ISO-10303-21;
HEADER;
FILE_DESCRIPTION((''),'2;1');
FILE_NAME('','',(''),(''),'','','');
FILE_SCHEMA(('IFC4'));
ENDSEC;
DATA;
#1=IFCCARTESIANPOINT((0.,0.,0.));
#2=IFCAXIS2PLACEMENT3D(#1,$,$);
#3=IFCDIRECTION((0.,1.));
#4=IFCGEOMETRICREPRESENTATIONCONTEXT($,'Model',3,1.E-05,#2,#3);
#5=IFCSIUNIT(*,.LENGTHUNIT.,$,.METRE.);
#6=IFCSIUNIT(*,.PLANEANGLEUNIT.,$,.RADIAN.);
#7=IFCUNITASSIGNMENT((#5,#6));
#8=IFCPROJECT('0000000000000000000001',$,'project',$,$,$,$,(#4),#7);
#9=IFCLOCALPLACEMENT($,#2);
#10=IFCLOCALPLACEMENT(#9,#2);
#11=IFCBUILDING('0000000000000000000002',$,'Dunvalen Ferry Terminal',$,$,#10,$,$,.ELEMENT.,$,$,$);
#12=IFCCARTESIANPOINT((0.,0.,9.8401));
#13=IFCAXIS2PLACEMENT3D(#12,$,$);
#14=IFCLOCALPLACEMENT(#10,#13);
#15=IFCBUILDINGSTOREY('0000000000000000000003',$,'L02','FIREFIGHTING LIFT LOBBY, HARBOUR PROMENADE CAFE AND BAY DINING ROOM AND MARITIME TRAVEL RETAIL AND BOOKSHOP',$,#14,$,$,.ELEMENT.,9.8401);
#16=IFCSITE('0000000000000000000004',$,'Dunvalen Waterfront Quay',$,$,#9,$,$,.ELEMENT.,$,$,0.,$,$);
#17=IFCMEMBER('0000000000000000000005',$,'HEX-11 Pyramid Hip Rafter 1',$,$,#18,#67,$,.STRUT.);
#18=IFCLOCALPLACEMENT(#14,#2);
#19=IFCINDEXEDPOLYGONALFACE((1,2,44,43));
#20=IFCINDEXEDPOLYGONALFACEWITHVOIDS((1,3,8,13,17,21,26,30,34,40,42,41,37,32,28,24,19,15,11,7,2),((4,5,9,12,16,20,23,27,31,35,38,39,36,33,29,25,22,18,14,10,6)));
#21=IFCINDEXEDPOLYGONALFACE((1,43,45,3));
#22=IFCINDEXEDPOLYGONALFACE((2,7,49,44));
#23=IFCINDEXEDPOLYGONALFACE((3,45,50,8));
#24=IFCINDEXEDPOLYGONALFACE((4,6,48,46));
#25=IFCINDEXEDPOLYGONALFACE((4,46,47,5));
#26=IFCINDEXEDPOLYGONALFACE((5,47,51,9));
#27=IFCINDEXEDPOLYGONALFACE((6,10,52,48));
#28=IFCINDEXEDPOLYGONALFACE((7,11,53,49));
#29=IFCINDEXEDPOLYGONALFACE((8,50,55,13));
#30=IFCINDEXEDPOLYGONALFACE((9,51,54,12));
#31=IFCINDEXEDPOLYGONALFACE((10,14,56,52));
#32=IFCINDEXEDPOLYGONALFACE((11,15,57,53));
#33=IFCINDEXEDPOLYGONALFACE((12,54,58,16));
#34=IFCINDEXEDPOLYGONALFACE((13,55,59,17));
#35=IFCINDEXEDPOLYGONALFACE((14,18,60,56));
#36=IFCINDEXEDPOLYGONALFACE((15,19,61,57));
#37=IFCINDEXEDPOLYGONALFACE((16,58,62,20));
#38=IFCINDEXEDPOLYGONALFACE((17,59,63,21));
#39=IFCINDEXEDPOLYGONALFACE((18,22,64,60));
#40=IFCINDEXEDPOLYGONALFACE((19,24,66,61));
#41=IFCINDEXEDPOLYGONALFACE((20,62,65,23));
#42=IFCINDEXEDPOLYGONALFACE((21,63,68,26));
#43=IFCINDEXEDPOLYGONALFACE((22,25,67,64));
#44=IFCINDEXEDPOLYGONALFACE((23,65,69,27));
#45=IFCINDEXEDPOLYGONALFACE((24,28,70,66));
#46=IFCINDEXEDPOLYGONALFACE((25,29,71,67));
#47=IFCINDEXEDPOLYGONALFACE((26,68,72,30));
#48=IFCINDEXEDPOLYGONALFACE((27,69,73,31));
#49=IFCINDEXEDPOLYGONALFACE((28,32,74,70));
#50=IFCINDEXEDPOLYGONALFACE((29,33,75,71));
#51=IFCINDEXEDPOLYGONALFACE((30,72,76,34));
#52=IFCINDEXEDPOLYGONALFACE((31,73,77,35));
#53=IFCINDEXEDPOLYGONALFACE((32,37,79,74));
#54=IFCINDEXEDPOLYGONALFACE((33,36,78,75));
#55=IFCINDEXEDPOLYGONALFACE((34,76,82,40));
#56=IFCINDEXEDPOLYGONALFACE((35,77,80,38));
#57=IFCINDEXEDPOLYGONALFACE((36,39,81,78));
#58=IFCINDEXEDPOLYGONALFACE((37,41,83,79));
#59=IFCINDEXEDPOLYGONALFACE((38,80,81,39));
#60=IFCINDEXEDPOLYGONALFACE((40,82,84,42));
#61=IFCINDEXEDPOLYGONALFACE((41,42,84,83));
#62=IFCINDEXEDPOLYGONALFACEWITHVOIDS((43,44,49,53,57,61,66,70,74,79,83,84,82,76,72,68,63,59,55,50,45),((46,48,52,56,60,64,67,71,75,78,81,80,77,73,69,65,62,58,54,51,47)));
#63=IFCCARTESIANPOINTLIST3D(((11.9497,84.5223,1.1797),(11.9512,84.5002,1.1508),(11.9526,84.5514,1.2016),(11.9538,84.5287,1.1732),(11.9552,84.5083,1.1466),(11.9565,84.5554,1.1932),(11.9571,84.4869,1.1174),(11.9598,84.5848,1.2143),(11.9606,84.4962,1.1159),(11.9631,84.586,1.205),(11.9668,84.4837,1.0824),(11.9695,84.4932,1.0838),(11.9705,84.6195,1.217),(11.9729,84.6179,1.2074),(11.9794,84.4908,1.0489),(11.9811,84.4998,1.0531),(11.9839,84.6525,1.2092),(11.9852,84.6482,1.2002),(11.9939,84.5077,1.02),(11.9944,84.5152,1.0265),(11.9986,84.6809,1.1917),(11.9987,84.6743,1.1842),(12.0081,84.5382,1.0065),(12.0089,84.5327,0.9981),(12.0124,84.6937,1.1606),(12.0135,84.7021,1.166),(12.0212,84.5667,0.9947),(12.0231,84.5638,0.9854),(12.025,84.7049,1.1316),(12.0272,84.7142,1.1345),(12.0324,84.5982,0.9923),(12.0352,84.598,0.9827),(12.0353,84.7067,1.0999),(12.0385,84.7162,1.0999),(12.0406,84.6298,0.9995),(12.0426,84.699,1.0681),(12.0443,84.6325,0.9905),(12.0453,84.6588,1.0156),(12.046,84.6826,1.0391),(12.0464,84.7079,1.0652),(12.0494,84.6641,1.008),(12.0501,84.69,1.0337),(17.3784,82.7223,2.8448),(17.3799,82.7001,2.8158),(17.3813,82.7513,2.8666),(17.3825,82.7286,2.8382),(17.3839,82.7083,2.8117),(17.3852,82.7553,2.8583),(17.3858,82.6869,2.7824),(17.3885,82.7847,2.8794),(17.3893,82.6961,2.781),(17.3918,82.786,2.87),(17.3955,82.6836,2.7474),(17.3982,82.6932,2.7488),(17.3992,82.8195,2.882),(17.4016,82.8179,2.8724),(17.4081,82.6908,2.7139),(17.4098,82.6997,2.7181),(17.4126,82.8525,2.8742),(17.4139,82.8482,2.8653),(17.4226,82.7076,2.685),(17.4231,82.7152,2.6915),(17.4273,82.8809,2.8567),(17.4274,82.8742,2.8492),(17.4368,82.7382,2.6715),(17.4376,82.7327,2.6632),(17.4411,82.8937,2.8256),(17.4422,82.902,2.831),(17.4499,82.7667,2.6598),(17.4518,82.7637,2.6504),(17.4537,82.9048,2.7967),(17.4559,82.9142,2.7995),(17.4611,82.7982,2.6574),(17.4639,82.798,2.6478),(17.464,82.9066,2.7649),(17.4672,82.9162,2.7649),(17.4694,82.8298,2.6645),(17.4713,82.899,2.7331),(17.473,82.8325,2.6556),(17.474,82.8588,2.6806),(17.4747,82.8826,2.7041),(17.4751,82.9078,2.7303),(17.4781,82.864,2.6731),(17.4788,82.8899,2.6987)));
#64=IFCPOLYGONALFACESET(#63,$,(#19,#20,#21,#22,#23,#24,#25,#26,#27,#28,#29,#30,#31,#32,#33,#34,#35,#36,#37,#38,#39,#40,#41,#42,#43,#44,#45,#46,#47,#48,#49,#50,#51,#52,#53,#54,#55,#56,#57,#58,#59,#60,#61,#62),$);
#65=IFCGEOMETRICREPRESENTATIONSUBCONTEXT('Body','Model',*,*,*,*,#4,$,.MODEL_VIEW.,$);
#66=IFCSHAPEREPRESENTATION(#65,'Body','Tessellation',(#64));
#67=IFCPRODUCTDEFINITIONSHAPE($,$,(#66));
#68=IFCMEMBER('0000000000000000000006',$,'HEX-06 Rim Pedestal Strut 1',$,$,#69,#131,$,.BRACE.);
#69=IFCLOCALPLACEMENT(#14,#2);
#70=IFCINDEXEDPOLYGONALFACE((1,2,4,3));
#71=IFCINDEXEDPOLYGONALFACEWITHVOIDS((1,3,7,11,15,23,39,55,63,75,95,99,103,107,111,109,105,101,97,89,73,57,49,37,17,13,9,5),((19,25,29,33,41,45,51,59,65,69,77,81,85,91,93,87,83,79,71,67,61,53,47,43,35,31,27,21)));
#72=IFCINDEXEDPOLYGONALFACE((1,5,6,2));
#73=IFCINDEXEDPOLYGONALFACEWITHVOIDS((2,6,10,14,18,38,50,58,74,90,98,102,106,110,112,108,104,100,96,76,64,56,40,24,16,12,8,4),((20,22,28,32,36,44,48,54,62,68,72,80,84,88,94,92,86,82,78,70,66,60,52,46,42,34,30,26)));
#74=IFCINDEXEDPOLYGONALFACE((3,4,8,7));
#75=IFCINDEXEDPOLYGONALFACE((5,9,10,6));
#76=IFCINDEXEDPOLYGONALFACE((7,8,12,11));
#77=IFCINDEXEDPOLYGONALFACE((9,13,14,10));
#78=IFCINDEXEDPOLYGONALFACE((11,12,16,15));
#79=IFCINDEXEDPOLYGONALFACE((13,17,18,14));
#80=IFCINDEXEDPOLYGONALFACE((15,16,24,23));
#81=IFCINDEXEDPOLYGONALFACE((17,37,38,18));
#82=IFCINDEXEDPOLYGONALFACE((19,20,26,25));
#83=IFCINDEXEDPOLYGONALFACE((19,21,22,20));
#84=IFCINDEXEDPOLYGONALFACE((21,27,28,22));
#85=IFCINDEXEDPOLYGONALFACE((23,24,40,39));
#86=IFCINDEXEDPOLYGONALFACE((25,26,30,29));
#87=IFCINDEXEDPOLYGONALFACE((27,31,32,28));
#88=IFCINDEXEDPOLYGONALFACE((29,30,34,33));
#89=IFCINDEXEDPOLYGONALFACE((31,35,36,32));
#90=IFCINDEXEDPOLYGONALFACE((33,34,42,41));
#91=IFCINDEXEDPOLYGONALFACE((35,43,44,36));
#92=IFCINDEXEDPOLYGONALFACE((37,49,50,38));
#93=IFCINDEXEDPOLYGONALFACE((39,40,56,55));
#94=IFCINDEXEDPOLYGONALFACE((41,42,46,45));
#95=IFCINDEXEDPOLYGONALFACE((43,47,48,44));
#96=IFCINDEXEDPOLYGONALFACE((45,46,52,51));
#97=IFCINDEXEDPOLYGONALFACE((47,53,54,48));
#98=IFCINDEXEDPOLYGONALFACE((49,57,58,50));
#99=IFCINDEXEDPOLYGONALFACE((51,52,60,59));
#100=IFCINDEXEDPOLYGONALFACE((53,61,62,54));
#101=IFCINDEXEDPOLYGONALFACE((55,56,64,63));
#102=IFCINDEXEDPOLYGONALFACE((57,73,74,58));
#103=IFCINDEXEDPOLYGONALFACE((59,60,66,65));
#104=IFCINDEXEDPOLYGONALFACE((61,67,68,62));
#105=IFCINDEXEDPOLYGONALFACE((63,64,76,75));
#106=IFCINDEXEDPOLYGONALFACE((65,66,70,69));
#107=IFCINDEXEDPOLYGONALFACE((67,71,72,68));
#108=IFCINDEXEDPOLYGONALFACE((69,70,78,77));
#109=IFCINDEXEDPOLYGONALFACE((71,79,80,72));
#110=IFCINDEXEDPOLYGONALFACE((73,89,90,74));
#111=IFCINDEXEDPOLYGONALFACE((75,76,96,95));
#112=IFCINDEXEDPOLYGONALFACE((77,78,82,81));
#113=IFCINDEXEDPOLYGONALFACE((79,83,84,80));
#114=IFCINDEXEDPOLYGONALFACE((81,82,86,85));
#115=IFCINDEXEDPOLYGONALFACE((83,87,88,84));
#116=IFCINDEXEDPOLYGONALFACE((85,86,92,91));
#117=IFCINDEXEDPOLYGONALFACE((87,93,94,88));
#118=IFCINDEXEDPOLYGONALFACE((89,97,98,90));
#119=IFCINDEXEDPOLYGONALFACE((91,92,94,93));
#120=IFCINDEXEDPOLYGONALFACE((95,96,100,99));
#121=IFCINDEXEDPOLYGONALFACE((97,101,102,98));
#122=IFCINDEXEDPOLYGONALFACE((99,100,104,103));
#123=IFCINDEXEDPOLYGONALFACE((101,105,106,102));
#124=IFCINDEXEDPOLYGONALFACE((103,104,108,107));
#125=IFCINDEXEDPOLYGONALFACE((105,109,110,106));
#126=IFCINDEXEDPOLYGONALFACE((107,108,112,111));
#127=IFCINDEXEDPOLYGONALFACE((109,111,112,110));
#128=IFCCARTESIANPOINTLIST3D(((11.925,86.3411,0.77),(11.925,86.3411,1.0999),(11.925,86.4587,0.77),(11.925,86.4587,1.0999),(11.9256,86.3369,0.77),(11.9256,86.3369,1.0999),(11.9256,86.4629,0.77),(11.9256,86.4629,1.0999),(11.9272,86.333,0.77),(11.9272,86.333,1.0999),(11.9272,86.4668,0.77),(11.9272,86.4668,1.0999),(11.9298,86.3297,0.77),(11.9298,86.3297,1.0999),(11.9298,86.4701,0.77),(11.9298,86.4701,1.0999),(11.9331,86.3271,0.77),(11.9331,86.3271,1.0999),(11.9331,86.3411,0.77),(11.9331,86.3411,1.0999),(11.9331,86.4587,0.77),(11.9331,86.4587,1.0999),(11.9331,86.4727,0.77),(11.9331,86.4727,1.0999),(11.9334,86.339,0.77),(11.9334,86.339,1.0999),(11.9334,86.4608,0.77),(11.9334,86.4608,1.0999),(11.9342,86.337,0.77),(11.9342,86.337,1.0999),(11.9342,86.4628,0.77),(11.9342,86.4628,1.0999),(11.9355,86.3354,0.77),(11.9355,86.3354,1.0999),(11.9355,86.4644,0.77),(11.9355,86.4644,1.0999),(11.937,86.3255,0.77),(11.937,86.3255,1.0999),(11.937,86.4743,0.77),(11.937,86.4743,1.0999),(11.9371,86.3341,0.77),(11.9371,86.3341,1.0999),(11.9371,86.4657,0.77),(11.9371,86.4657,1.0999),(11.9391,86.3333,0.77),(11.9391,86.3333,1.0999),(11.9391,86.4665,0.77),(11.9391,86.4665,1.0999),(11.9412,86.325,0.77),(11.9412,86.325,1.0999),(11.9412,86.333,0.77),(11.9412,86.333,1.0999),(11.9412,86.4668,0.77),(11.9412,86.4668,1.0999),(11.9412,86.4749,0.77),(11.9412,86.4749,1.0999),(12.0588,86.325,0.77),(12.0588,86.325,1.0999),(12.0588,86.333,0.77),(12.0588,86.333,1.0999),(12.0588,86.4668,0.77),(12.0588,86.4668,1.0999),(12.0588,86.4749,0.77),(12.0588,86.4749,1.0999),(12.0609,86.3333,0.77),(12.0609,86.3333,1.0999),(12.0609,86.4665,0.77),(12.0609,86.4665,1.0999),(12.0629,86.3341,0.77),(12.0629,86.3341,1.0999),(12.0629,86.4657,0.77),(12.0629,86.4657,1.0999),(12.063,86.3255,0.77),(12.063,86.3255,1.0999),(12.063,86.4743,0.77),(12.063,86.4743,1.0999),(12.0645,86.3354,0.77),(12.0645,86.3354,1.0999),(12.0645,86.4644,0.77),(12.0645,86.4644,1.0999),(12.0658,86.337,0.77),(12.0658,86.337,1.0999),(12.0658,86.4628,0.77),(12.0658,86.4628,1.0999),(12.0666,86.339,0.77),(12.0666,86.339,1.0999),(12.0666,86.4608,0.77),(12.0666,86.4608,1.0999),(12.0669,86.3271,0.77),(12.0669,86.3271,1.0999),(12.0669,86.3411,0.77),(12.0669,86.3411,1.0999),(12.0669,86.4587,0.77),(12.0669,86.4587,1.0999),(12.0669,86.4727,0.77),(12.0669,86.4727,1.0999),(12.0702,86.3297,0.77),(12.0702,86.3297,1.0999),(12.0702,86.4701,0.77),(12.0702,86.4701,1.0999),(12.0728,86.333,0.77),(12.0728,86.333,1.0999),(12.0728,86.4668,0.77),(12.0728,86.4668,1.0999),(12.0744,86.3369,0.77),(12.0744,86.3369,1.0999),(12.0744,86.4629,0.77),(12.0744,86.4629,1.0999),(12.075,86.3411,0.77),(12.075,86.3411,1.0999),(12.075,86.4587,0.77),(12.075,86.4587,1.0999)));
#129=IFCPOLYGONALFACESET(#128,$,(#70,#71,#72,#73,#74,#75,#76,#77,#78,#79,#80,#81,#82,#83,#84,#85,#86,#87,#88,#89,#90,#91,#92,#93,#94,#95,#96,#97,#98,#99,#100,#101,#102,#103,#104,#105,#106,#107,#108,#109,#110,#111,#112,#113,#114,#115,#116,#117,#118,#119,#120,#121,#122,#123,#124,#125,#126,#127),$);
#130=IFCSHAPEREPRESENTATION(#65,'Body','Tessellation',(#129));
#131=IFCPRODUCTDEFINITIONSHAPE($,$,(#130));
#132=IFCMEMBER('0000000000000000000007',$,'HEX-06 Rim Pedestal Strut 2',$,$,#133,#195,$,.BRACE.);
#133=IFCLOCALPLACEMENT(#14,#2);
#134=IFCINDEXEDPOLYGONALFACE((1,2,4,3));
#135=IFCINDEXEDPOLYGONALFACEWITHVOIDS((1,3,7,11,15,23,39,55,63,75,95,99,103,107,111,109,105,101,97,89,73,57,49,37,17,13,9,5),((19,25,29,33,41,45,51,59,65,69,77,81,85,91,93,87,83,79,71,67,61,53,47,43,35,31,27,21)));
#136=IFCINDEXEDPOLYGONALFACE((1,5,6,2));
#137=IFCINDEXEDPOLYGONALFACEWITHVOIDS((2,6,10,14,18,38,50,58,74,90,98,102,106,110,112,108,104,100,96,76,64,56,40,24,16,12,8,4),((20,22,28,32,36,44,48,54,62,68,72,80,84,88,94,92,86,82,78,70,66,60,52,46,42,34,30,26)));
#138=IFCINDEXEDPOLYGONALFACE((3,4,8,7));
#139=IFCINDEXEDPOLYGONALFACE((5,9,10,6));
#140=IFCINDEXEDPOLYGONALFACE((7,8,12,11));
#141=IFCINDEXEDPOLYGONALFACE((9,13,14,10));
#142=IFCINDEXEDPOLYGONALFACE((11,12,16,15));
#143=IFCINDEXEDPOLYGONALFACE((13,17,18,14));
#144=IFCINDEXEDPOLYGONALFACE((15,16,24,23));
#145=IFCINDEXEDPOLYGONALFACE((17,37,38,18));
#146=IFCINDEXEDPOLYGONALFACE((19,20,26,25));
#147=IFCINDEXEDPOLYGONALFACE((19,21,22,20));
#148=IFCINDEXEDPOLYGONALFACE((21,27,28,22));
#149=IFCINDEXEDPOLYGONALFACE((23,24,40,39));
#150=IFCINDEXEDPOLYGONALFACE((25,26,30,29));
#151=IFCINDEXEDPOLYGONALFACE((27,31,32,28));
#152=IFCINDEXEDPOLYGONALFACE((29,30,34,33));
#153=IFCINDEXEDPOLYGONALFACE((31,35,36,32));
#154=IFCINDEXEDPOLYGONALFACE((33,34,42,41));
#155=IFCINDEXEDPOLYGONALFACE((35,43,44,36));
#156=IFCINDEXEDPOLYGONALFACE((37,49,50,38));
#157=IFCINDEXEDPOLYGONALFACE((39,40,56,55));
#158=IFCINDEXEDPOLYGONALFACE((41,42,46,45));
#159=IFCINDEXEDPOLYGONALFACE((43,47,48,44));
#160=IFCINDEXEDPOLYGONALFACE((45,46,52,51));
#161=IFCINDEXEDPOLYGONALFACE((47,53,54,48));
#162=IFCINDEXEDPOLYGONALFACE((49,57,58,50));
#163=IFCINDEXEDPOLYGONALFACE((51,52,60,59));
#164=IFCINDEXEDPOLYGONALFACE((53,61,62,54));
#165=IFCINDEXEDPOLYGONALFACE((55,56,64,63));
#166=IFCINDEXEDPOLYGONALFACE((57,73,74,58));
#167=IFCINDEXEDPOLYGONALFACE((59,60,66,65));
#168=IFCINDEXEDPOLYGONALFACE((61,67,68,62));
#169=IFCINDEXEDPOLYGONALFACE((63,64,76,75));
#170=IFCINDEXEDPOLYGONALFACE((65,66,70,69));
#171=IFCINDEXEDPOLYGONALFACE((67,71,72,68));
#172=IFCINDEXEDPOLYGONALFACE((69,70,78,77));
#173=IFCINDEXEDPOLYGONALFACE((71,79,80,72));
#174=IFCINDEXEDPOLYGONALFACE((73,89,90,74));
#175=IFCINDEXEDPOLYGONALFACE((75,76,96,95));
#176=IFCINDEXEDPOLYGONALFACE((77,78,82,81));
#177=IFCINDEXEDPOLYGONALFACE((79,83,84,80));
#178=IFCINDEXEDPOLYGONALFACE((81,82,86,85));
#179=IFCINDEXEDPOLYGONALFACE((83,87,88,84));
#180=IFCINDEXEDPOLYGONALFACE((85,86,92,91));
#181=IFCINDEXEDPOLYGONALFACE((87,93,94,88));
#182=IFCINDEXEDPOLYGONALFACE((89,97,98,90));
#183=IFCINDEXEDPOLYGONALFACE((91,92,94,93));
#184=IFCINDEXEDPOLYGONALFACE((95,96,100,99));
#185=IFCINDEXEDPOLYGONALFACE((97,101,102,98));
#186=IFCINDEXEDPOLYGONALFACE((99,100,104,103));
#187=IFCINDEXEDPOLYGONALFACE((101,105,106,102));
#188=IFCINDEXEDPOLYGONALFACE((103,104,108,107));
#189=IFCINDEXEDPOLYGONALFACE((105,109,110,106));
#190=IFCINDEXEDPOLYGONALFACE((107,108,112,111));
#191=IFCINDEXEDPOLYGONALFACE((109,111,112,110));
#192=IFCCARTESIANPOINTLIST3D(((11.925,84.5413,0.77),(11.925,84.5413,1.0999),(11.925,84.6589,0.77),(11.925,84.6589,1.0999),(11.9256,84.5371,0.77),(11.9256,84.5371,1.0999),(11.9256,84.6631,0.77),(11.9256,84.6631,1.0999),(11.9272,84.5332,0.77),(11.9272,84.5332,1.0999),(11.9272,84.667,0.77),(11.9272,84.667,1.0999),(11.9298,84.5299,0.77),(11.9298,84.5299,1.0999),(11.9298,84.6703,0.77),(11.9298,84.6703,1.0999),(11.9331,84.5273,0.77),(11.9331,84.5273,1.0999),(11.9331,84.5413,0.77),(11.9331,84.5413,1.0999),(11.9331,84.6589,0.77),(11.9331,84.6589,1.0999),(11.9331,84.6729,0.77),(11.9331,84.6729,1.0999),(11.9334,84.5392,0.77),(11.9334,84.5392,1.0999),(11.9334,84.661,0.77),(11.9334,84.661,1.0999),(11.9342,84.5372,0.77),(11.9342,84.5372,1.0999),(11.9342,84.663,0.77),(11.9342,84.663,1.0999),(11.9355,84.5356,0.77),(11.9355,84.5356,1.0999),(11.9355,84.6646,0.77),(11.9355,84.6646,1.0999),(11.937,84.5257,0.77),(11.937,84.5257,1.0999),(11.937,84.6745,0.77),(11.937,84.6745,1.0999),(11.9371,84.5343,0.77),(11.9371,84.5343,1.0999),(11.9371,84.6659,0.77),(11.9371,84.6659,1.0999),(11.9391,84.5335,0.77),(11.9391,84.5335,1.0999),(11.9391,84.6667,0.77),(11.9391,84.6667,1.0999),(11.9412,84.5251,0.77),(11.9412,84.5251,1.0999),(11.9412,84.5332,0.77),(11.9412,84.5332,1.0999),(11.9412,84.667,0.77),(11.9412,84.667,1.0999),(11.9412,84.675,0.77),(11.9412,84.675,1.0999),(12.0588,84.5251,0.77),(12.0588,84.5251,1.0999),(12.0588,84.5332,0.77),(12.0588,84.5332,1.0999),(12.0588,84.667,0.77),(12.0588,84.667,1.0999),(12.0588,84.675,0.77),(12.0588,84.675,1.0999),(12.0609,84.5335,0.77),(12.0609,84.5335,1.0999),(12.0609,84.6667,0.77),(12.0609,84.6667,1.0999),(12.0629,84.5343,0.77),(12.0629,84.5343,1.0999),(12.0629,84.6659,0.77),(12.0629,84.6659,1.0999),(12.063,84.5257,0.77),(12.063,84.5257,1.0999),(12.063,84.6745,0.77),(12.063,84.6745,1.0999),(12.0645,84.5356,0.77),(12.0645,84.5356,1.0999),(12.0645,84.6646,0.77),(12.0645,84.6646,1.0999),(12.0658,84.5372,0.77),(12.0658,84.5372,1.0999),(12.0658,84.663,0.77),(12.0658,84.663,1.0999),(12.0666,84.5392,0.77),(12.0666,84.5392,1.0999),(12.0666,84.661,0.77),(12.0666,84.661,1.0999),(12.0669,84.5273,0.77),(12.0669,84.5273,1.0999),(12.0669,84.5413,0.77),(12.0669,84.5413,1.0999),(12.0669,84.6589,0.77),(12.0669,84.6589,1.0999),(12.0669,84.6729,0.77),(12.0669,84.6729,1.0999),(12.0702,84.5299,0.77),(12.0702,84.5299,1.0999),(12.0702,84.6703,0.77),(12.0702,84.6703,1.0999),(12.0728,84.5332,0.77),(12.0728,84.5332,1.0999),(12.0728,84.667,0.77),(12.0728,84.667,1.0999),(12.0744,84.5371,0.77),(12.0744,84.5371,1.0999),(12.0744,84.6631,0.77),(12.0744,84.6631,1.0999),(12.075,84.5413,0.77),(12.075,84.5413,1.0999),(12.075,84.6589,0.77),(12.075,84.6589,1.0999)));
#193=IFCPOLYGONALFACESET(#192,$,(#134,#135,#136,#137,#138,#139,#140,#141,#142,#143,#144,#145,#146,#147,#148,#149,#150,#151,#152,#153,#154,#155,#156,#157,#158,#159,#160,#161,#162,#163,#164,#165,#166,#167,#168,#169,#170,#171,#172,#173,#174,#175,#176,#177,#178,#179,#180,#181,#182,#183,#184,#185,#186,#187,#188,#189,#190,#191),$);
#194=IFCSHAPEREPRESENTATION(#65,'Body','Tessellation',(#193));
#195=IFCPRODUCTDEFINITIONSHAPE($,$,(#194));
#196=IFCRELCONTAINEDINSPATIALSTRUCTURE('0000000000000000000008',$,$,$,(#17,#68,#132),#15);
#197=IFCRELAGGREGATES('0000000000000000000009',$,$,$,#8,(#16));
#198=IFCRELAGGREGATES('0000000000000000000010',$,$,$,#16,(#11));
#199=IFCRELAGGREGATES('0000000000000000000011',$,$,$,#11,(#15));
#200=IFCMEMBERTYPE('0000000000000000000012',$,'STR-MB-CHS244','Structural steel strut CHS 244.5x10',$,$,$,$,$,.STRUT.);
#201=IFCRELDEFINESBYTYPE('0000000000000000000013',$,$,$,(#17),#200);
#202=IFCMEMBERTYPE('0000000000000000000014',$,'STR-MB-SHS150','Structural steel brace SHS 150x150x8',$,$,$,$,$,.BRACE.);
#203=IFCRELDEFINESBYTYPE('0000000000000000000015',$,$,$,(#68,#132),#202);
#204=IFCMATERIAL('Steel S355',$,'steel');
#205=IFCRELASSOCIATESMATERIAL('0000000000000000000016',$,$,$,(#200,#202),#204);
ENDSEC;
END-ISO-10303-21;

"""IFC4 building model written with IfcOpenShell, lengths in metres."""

from ifc_helpers import new_model, si_unit, direction, frame, origin, origin_2d, place, context, subcontext, project, spatial, hollow_rectangle, hollow_circle, extrude, material, material_profile, profile_set, type_object, element, save


model = new_model("IFC4")

# Units and contexts
model_context = context("Model", 3, precision=1e-05, world=origin(), true_north=direction((0.0, 1.0)))
body_context = subcontext(model_context, "Body", "Model", "MODEL_VIEW")
ifc_project = project(units=[si_unit("LENGTHUNIT", "METRE"), si_unit("PLANEANGLEUNIT", "RADIAN")], contexts=[model_context])

# Site, building, storey
site_placement = place(None, origin())
site = spatial("IfcSite", under=ifc_project, at=site_placement, Name="Dunvalen Waterfront Quay", CompositionType="ELEMENT", RefElevation=0.0)
building_placement = place(site_placement, origin())
building = spatial("IfcBuilding", under=site, at=building_placement, Name="Dunvalen Ferry Terminal", CompositionType="ELEMENT")
storey_placement = place(building_placement, frame((0.0, 0.0, 9.8401)))
storey = spatial("IfcBuildingStorey", under=building, at=storey_placement, Name="L02", Description="FIREFIGHTING LIFT LOBBY, HARBOUR PROMENADE CAFE AND BAY DINING ROOM AND MARITIME TRAVEL RETAIL AND BOOKSHOP", CompositionType="ELEMENT", Elevation=9.8401)

# Shared definitions
ifc_material_1 = material(Name="Steel S355", Category="steel")

# Members
ifc_material_profile_1 = material_profile(ifc_material_1, hollow_circle(Radius=0.1223, WallThickness=0.01, at=origin_2d()), Name="Steel S355")
ifc_profile_set_1 = profile_set([ifc_material_profile_1], Name="Steel S355")
member_type_1 = type_object("IfcMemberType", Name="STR-MB-CHS244", Description="Structural steel strut CHS 244.5x10", PredefinedType="STRUT", material=ifc_profile_set_1)
member_1_placement = place(storey_placement, frame((12.0, 84.6001, 1.0999), z_axis=(0.911347, -0.302184, 0.279519), x_axis=(0.314729, 0.949182, 0.0)))
element("IfcMember", 1, at=member_1_placement, inside=storey, type_object=member_type_1, Name="HEX-11 Pyramid Hip Rafter 1", PredefinedType="STRUT", context=body_context, shape_type="SweptSolid", body=[
    extrude(hollow_circle(Radius=0.1223, WallThickness=0.01, at=origin_2d()), origin(), (0.0, 0.0, 1.0), 5.9568),
])
ifc_material_profile_2 = material_profile(ifc_material_1, hollow_rectangle(XDim=0.1499, YDim=0.1499, WallThickness=0.0081, InnerFilletRadius=0.0081, OuterFilletRadius=0.0161, at=origin_2d()), Name="Steel S355")
ifc_profile_set_2 = profile_set([ifc_material_profile_2], Name="Steel S355")
member_type_2 = type_object("IfcMemberType", Name="STR-MB-SHS150", Description="Structural steel brace SHS 150x150x8", PredefinedType="BRACE", material=ifc_profile_set_2)
for number, where, z_axis, x_axis, name in (
    (2, (12.0, 86.3999, 0.77), (0.0, 0.0, 1.0), (1.0, 0.0, 0.0), "HEX-06 Rim Pedestal Strut 1"),
    (3, (12.0, 84.6001, 0.77), (0.0, 0.0, 1.0), (1.0, 0.0, 0.0), "HEX-06 Rim Pedestal Strut 2"),
):
    element("IfcMember", number, at=place(storey_placement, frame(where, z_axis=z_axis, x_axis=x_axis)), inside=storey, type_object=member_type_2, Name=name, PredefinedType="BRACE", context=body_context, shape_type="SweptSolid", body=[
        extrude(hollow_rectangle(XDim=0.1499, YDim=0.1499, WallThickness=0.0081, InnerFilletRadius=0.0081, OuterFilletRadius=0.0161, at=origin_2d()), origin(), (0.0, 0.0, 1.0), 0.3298),
    ])

save(model, "model.ifc")
